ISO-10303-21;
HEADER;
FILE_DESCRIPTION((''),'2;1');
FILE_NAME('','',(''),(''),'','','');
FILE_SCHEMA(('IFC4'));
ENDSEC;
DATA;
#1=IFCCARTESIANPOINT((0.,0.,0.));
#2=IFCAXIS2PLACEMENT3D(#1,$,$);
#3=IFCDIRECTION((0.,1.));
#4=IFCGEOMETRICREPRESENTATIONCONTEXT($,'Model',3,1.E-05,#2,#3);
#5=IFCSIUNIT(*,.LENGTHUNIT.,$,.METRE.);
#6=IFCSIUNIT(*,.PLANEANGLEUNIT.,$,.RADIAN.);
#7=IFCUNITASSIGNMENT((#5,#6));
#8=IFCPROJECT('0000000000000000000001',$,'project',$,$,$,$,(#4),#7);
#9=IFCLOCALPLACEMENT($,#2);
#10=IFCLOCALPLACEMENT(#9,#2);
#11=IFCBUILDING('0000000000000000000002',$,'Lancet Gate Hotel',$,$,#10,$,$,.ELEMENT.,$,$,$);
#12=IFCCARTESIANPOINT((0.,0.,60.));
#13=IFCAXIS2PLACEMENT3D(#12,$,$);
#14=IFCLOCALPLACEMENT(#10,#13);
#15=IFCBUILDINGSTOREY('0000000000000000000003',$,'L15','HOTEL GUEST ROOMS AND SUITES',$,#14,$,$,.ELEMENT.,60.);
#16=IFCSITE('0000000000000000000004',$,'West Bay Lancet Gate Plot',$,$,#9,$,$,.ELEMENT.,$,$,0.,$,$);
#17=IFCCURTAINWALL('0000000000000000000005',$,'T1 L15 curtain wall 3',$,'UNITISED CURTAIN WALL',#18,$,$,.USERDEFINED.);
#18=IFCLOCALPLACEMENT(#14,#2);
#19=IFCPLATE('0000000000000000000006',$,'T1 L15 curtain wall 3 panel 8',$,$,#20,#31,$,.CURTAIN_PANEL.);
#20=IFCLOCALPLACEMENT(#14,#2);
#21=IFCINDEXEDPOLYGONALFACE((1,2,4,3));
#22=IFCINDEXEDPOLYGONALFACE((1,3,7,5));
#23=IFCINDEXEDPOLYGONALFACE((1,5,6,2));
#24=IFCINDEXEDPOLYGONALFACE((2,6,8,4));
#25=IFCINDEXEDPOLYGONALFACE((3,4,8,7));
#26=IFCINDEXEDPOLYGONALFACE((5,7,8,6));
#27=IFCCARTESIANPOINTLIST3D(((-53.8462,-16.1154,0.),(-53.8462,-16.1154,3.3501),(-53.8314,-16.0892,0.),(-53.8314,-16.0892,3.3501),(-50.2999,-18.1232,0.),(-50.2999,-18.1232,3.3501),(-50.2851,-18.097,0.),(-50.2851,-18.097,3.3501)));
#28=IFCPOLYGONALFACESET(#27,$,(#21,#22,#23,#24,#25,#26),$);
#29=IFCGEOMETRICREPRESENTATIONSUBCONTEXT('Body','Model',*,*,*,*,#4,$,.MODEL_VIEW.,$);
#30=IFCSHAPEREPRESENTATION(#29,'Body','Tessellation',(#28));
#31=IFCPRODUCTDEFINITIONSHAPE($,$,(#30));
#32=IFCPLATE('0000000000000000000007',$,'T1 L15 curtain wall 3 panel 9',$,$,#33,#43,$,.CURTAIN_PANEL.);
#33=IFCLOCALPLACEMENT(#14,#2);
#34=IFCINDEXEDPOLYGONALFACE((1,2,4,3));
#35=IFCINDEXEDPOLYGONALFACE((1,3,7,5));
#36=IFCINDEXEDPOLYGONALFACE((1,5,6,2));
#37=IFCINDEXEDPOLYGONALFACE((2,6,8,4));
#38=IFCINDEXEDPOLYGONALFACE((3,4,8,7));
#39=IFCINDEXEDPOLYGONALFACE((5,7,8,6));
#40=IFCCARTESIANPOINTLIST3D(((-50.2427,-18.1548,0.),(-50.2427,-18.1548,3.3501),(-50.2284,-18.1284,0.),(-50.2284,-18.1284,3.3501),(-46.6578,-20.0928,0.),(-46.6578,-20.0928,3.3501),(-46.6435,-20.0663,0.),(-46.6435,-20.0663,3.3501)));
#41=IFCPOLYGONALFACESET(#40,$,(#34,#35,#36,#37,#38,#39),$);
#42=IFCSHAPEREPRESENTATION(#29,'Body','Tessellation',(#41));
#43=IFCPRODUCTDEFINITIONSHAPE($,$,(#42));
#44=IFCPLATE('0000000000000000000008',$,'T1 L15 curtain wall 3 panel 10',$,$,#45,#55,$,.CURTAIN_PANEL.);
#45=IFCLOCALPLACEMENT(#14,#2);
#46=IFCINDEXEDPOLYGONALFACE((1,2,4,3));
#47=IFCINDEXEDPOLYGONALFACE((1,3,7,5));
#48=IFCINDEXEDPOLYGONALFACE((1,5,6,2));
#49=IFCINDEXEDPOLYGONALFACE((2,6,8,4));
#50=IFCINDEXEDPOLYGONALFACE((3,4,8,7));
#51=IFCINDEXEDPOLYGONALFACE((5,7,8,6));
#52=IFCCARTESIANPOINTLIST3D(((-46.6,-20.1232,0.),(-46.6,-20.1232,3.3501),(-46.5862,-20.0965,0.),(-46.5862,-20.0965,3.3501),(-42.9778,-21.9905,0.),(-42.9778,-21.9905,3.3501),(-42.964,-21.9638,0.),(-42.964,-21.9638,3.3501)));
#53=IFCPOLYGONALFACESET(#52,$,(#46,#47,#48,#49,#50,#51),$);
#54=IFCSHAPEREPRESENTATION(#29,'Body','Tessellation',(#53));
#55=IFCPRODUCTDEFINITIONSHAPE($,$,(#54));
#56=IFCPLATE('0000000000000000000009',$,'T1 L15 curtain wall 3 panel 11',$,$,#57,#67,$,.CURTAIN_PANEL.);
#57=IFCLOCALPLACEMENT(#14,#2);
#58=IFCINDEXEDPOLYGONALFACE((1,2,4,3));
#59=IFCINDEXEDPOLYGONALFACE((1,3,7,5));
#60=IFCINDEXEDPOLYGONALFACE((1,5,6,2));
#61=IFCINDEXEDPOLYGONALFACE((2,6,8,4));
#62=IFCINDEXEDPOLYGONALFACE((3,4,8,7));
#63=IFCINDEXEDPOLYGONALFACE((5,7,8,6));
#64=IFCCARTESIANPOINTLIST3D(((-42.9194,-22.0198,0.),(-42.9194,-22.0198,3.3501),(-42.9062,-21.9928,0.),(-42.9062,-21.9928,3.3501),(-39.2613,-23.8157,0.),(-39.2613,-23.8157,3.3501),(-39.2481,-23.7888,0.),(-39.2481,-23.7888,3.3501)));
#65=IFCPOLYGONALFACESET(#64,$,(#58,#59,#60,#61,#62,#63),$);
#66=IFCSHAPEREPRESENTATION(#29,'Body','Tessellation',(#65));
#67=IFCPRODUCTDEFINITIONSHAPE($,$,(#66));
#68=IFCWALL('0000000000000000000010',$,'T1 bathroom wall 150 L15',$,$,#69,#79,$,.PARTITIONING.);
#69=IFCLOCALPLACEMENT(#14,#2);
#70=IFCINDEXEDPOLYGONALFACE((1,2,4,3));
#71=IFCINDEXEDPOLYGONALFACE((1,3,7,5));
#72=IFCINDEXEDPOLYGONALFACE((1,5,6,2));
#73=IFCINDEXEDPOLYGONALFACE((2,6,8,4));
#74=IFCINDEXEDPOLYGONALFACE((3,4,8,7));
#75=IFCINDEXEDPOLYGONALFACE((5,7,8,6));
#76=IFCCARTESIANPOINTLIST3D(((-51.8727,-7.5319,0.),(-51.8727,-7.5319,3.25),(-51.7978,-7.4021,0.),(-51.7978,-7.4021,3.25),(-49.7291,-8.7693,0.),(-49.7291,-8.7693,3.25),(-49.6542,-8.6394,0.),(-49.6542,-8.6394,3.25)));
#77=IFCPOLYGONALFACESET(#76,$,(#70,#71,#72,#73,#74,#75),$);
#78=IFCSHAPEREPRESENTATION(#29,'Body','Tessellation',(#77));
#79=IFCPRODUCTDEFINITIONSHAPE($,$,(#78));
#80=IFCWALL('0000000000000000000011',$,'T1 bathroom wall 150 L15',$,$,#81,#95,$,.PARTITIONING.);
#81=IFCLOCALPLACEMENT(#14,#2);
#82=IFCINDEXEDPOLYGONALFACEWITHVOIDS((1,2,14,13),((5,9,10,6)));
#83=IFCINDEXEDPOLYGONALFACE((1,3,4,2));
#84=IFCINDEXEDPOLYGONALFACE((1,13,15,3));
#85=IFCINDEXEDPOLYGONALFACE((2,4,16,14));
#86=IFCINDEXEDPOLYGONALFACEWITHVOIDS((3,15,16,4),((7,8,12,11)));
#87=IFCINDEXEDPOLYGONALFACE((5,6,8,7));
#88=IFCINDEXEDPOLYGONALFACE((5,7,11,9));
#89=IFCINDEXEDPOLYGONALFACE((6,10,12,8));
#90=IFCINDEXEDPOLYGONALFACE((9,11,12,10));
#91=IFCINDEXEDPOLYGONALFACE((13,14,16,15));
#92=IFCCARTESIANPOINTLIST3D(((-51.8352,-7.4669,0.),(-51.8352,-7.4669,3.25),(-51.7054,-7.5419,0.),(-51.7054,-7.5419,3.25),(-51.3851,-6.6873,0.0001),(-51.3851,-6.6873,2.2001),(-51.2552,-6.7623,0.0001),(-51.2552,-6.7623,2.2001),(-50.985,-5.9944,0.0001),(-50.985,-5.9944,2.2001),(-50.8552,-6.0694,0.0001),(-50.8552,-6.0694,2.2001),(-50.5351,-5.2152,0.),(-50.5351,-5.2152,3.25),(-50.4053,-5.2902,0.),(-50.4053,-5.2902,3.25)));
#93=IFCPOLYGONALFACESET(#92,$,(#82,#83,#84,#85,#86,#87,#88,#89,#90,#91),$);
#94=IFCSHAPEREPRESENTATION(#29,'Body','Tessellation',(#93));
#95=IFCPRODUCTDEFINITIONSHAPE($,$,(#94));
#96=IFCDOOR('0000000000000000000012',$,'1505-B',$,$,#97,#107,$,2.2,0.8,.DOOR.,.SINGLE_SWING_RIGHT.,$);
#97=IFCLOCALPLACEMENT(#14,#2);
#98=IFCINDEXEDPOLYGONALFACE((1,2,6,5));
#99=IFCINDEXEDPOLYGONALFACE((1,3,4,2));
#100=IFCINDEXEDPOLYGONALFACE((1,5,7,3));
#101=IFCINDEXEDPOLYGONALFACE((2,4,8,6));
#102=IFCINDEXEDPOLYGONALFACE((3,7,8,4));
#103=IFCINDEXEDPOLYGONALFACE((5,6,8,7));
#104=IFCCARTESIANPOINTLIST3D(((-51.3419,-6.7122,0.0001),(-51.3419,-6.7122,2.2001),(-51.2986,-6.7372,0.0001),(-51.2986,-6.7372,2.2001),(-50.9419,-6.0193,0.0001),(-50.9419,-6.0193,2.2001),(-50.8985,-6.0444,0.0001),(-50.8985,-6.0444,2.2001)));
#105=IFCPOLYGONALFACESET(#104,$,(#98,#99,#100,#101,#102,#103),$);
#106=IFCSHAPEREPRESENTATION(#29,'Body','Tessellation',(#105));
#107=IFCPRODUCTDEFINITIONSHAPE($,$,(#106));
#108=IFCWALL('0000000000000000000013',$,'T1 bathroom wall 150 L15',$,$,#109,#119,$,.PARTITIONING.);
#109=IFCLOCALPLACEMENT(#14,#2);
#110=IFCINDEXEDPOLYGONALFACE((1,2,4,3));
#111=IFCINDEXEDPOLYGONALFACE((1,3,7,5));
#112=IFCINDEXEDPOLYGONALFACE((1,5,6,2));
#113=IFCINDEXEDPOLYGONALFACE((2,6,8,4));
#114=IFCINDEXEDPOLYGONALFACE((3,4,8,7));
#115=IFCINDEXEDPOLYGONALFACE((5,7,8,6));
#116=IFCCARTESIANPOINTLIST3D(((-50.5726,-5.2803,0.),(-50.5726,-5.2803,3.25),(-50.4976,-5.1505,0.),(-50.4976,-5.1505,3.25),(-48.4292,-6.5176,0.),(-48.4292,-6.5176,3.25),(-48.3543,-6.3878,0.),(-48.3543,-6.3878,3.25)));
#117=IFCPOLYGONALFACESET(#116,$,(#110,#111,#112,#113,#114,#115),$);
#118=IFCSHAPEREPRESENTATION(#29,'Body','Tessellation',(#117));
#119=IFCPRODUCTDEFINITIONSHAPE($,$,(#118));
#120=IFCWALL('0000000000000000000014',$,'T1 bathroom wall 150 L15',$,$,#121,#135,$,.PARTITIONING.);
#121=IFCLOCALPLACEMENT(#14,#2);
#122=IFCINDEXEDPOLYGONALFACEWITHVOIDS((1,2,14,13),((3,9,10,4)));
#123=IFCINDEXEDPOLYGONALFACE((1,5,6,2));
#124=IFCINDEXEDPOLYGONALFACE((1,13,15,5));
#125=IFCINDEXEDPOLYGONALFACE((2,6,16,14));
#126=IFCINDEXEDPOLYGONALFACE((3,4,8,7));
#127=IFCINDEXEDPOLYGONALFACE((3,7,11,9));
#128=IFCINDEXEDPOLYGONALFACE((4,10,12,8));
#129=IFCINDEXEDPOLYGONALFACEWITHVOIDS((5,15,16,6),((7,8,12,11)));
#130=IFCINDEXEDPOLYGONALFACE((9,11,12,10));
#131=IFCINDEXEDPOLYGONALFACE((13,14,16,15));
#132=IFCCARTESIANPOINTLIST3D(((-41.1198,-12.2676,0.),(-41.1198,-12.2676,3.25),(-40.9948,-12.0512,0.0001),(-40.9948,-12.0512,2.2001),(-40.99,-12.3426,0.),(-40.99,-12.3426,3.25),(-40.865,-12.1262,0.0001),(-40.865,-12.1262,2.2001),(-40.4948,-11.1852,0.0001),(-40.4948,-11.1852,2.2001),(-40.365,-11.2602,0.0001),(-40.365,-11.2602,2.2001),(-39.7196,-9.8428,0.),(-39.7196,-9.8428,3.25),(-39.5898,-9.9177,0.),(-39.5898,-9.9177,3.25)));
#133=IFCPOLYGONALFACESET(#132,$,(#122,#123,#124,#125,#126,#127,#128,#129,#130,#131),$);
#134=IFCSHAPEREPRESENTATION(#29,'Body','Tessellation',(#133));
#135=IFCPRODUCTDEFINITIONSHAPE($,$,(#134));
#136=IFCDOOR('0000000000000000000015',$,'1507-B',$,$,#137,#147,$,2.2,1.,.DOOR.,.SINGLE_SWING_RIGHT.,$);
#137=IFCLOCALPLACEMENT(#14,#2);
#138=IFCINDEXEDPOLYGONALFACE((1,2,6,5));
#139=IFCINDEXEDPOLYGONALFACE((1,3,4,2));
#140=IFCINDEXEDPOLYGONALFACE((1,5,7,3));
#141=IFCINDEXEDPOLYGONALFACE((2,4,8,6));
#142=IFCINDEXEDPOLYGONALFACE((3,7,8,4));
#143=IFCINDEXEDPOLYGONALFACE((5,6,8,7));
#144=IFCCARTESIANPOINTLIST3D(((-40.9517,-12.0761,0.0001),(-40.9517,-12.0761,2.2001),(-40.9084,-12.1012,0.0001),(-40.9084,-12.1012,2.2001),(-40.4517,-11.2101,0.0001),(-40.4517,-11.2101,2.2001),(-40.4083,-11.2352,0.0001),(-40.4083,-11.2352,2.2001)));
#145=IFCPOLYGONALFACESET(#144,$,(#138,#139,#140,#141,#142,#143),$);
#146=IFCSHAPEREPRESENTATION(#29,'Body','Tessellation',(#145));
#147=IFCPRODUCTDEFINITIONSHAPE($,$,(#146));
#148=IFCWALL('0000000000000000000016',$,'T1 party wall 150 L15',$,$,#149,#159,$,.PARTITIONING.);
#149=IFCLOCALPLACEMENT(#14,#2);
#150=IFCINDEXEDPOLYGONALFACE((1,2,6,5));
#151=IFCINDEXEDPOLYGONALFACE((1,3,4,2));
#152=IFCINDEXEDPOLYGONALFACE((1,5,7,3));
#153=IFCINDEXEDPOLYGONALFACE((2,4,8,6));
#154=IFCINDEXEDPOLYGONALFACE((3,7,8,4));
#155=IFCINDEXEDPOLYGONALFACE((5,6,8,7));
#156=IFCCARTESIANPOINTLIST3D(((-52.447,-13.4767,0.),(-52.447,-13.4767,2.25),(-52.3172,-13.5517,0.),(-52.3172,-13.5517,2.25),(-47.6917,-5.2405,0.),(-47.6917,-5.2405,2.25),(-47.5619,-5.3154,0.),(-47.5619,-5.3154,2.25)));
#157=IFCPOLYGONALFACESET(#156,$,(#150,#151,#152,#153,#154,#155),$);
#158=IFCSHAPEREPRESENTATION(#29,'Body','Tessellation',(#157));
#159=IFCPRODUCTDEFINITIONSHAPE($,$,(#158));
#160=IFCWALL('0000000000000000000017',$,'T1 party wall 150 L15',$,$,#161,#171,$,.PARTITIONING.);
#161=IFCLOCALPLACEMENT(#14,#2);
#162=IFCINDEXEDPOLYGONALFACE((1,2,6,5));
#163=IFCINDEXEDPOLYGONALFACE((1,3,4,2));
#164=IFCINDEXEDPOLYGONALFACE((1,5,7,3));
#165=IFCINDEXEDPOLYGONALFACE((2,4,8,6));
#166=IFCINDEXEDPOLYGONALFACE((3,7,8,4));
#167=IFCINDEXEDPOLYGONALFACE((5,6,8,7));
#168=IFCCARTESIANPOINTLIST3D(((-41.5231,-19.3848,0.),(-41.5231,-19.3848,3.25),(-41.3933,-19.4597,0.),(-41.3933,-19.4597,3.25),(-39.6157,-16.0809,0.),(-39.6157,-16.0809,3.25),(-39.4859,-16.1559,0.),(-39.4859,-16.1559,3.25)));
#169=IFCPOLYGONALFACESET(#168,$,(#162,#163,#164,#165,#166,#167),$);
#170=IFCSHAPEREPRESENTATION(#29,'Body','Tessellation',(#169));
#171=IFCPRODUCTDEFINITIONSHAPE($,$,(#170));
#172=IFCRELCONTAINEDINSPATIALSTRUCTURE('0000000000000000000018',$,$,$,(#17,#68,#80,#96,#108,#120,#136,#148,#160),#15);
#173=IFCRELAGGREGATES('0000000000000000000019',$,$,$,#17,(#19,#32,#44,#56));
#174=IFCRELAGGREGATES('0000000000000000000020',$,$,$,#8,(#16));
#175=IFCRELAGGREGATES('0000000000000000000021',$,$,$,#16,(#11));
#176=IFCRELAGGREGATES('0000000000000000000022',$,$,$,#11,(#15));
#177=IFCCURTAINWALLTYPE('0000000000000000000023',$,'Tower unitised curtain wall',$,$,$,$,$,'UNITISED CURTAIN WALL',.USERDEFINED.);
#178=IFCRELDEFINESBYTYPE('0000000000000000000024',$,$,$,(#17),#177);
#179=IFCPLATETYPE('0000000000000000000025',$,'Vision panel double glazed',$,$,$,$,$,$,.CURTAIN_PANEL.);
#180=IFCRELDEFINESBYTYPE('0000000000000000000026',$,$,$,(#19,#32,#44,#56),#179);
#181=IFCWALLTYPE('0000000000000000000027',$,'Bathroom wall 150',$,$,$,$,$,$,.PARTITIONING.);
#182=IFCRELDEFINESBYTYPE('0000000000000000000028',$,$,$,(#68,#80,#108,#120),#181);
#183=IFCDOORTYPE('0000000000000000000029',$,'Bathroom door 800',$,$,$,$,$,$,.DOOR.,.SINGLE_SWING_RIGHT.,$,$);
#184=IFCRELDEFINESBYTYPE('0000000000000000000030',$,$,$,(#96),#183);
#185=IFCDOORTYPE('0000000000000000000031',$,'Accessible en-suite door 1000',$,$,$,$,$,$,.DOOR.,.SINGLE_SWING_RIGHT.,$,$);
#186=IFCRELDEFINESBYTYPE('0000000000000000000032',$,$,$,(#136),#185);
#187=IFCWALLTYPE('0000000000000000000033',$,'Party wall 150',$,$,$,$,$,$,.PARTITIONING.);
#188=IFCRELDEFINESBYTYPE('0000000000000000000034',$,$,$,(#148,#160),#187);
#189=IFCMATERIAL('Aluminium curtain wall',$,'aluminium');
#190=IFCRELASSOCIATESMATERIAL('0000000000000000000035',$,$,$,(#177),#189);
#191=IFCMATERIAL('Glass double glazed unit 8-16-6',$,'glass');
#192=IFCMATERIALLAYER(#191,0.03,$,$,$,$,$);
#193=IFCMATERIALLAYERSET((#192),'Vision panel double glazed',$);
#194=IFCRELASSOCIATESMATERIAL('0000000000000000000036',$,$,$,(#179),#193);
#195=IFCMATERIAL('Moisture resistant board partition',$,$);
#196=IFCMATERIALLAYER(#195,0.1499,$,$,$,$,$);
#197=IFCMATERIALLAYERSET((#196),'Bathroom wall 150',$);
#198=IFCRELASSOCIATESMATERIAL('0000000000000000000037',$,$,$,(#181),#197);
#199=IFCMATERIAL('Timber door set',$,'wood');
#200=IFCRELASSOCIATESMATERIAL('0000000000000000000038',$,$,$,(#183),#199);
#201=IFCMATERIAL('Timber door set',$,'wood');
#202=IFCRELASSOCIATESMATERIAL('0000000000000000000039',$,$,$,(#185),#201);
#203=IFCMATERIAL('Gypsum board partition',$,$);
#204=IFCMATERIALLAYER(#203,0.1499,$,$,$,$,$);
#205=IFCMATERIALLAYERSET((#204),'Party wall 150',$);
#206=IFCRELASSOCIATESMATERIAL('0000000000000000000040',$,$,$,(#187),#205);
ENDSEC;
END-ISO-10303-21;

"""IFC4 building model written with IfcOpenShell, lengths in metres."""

from ifc_helpers import new_model, si_unit, direction, frame, frame_2d, origin, origin_2d, place, context, subcontext, project, spatial, rectangle, extrude, material, layer, layer_set, type_object, element, fill, aggregate, save


model = new_model("IFC4")

# Units and contexts
model_context = context("Model", 3, precision=1e-05, world=origin(), true_north=direction((0.0, 1.0)))
body_context = subcontext(model_context, "Body", "Model", "MODEL_VIEW")
ifc_project = project(units=[si_unit("LENGTHUNIT", "METRE"), si_unit("PLANEANGLEUNIT", "RADIAN")], contexts=[model_context])

# Site, building, storey
site_placement = place(None, origin())
site = spatial("IfcSite", under=ifc_project, at=site_placement, Name="West Bay Lancet Gate Plot", CompositionType="ELEMENT", RefElevation=0.0)
building_placement = place(site_placement, origin())
building = spatial("IfcBuilding", under=site, at=building_placement, Name="Lancet Gate Hotel", CompositionType="ELEMENT")
storey_placement = place(building_placement, frame((0.0, 0.0, 60.0)))
storey = spatial("IfcBuildingStorey", under=building, at=storey_placement, Name="L15", Description="HOTEL GUEST ROOMS AND SUITES", CompositionType="ELEMENT", Elevation=60.0)

# Curtain wall
ifc_material_1 = material(Name="Aluminium curtain wall", Category="aluminium")
curtain_wall_type = type_object("IfcCurtainWallType", Name="Tower unitised curtain wall", ElementType="UNITISED CURTAIN WALL", PredefinedType="USERDEFINED", material=ifc_material_1)
curtain_wall_placement = place(storey_placement, origin())
curtain_wall = element("IfcCurtainWall", 1, at=curtain_wall_placement, inside=storey, type_object=curtain_wall_type, Name="T1 L15 curtain wall 3", ObjectType="UNITISED CURTAIN WALL", PredefinedType="USERDEFINED")

# Plates
ifc_material_2 = material(Name="Glass double glazed unit 8-16-6", Category="glass")
ifc_layer_1 = layer(ifc_material_2, 0.03)
ifc_layer_set_1 = layer_set([ifc_layer_1], Name="Vision panel double glazed")
plate_type = type_object("IfcPlateType", Name="Vision panel double glazed", PredefinedType="CURTAIN_PANEL", material=ifc_layer_set_1)
plate_1_placement = place(storey_placement, frame((-52.0657, -17.1062, 0.0), z_axis=(0.0, 0.0, 1.0), x_axis=(0.870205, -0.49269, 0.0)))
plate_1 = element("IfcPlate", 2, at=plate_1_placement, type_object=plate_type, Name="T1 L15 curtain wall 3 panel 8", PredefinedType="CURTAIN_PANEL", context=body_context, shape_type="SweptSolid", body=[
    extrude(rectangle(XDim=4.0752, YDim=0.03, at=origin_2d()), origin(), (0.0, 0.0, 1.0), 3.3501),
])
plate_2_placement = place(storey_placement, frame((-48.4431, -19.1106, 0.0), z_axis=(0.0, 0.0, 1.0), x_axis=(0.879693, -0.475541, 0.0)))
plate_2 = element("IfcPlate", 3, at=plate_2_placement, type_object=plate_type, Name="T1 L15 curtain wall 3 panel 9", PredefinedType="CURTAIN_PANEL", context=body_context, shape_type="SweptSolid", body=[
    extrude(rectangle(XDim=4.0752, YDim=0.03, at=origin_2d()), origin(), (0.0, 0.0, 1.0), 3.3501),
])
plate_3_placement = place(storey_placement, frame((-44.782, -21.0435, 0.0), z_axis=(0.0, 0.0, 1.0), x_axis=(0.888844, -0.45821, 0.0)))
plate_3 = element("IfcPlate", 4, at=plate_3_placement, type_object=plate_type, Name="T1 L15 curtain wall 3 panel 10", PredefinedType="CURTAIN_PANEL", context=body_context, shape_type="SweptSolid", body=[
    extrude(rectangle(XDim=4.0752, YDim=0.03, at=origin_2d()), origin(), (0.0, 0.0, 1.0), 3.3501),
])
plate_4_placement = place(storey_placement, frame((-41.0837, -22.9043, 0.0), z_axis=(0.0, 0.0, 1.0), x_axis=(0.897653, -0.440702, 0.0)))
plate_4 = element("IfcPlate", 5, at=plate_4_placement, type_object=plate_type, Name="T1 L15 curtain wall 3 panel 11", PredefinedType="CURTAIN_PANEL", context=body_context, shape_type="SweptSolid", body=[
    extrude(rectangle(XDim=4.0752, YDim=0.03, at=origin_2d()), origin(), (0.0, 0.0, 1.0), 3.3501),
])
aggregate(curtain_wall, [plate_1, plate_2, plate_3, plate_4])

# Wall
ifc_material_3 = material(Name="Moisture resistant board partition")
ifc_layer_2 = layer(ifc_material_3, 0.1499)
ifc_layer_set_2 = layer_set([ifc_layer_2], Name="Bathroom wall 150")
wall_type_1 = type_object("IfcWallType", Name="Bathroom wall 150", PredefinedType="PARTITIONING", material=ifc_layer_set_2)
wall_1_placement = place(storey_placement, frame((-49.6917, -8.7043, 0.0), z_axis=(0.0, 0.0, 1.0), x_axis=(-0.866074, 0.499916, 0.0)))
element("IfcWall", 6, at=wall_1_placement, inside=storey, type_object=wall_type_1, Name="T1 bathroom wall 150 L15", PredefinedType="PARTITIONING", context=body_context, shape_type="SweptSolid", body=[
    extrude(rectangle(XDim=2.4751, YDim=0.1499, at=frame_2d((1.2375, 0.0))), origin(), (0.0, 0.0, 1.0), 3.25),
])

# Wall, opening, door
wall_2_placement = place(storey_placement, frame((-50.4702, -5.2527, 0.0), z_axis=(0.0, 0.0, 1.0), x_axis=(-0.500007, -0.866021, 0.0)))
wall_2 = element("IfcWall", 7, at=wall_2_placement, inside=storey, type_object=wall_type_1, Name="T1 bathroom wall 150 L15", PredefinedType="PARTITIONING", context=body_context, shape_type="SweptSolid", body=[
    extrude(rectangle(XDim=2.6001, YDim=0.1499, at=frame_2d((1.3, 0.0))), origin(), (0.0, 0.0, 1.0), 3.25),
])
opening_1_placement = place(wall_2_placement, frame((0.8999, 0.0, 0.0)))
opening_1 = element("IfcOpeningElement", 8, at=opening_1_placement, cuts=wall_2, PredefinedType="OPENING", context=body_context, shape_type="SweptSolid", body=[
    extrude(rectangle(XDim=0.8, YDim=2.2, at=frame_2d((0.3999, 1.1001))), frame((0.0, 0.085, 0.0), z_axis=(0.0, -1.0, 0.0), x_axis=(1.0, 0.0, 0.0)), (0.0, 0.0, 1.0), 0.1699),
])
ifc_material_4 = material(Name="Timber door set", Category="wood")
door_type_1 = type_object("IfcDoorType", Name="Bathroom door 800", OperationType="SINGLE_SWING_RIGHT", PredefinedType="DOOR", material=ifc_material_4)
door_1_placement = place(opening_1_placement, origin())
door_1 = element("IfcDoor", 9, at=door_1_placement, inside=storey, type_object=door_type_1, Name="1505-B", OperationType="SINGLE_SWING_RIGHT", OverallHeight=2.2, OverallWidth=0.8, PredefinedType="DOOR", context=body_context, shape_type="SweptSolid", body=[
    extrude(rectangle(XDim=0.8, YDim=2.2, at=frame_2d((0.3999, 1.1001))), frame((0.0, 0.0249, 0.0), z_axis=(0.0, -1.0, 0.0), x_axis=(1.0, 0.0, 0.0)), (0.0, 0.0, 1.0), 0.05),
])
fill(opening_1, door_1)

# Wall
wall_3_placement = place(storey_placement, frame((-48.3918, -6.4526, 0.0), z_axis=(0.0, 0.0, 1.0), x_axis=(-0.866049, 0.499959, 0.0)))
element("IfcWall", 10, at=wall_3_placement, inside=storey, type_object=wall_type_1, Name="T1 bathroom wall 150 L15", PredefinedType="PARTITIONING", context=body_context, shape_type="SweptSolid", body=[
    extrude(rectangle(XDim=2.4749, YDim=0.1499, at=frame_2d((1.2373, 0.0))), origin(), (0.0, 0.0, 1.0), 3.25),
])

# Wall, opening, door
wall_4_placement = place(storey_placement, frame((-39.6548, -9.8804, 0.0), z_axis=(0.0, 0.0, 1.0), x_axis=(-0.50005, -0.865997, 0.0)))
wall_4 = element("IfcWall", 11, at=wall_4_placement, inside=storey, type_object=wall_type_1, Name="T1 bathroom wall 150 L15", PredefinedType="PARTITIONING", context=body_context, shape_type="SweptSolid", body=[
    extrude(rectangle(XDim=2.8, YDim=0.1499, at=frame_2d((1.3999, 0.0))), origin(), (0.0, 0.0, 1.0), 3.25),
])
opening_2_placement = place(wall_4_placement, frame((1.55, 0.0, 0.0)))
opening_2 = element("IfcOpeningElement", 12, at=opening_2_placement, cuts=wall_4, PredefinedType="OPENING", context=body_context, shape_type="SweptSolid", body=[
    extrude(rectangle(XDim=1.0, YDim=2.2, at=frame_2d((0.5, 1.1001))), frame((0.0, 0.085, 0.0), z_axis=(0.0, -1.0, 0.0), x_axis=(1.0, 0.0, 0.0)), (0.0, 0.0, 1.0), 0.1699),
])
ifc_material_5 = material(Name="Timber door set", Category="wood")
door_type_2 = type_object("IfcDoorType", Name="Accessible en-suite door 1000", OperationType="SINGLE_SWING_RIGHT", PredefinedType="DOOR", material=ifc_material_5)
door_2_placement = place(opening_2_placement, origin())
door_2 = element("IfcDoor", 13, at=door_2_placement, inside=storey, type_object=door_type_2, Name="1507-B", OperationType="SINGLE_SWING_RIGHT", OverallHeight=2.2, OverallWidth=1.0, PredefinedType="DOOR", context=body_context, shape_type="SweptSolid", body=[
    extrude(rectangle(XDim=1.0, YDim=2.2, at=frame_2d((0.5, 1.1001))), frame((0.0, 0.0249, 0.0), z_axis=(0.0, -1.0, 0.0), x_axis=(1.0, 0.0, 0.0)), (0.0, 0.0, 1.0), 0.05),
])
fill(opening_2, door_2)

# Walls
ifc_material_6 = material(Name="Gypsum board partition")
ifc_layer_3 = layer(ifc_material_6, 0.1499)
ifc_layer_set_3 = layer_set([ifc_layer_3], Name="Party wall 150")
wall_type_2 = type_object("IfcWallType", Name="Party wall 150", PredefinedType="PARTITIONING", material=ifc_layer_set_3)
wall_5_placement = place(storey_placement, frame((-47.6267, -5.2778, 0.0), z_axis=(0.0, 0.0, 1.0), x_axis=(-0.50001, -0.86602, 0.0)))
element("IfcWall", 14, at=wall_5_placement, inside=storey, type_object=wall_type_2, Name="T1 party wall 150 L15", PredefinedType="PARTITIONING", context=body_context, shape_type="SweptSolid", body=[
    extrude(rectangle(XDim=9.5105, YDim=0.1499, at=frame_2d((4.7554, 0.0))), origin(), (0.0, 0.0, 1.0), 2.25),
])
wall_6_placement = place(storey_placement, frame((-39.5508, -16.1184, 0.0), z_axis=(0.0, 0.0, 1.0), x_axis=(-0.499987, -0.866033, 0.0)))
element("IfcWall", 15, at=wall_6_placement, inside=storey, type_object=wall_type_2, Name="T1 party wall 150 L15", PredefinedType="PARTITIONING", context=body_context, shape_type="SweptSolid", body=[
    extrude(rectangle(XDim=3.8149, YDim=0.1499, at=frame_2d((1.9075, 0.0))), origin(), (0.0, 0.0, 1.0), 3.25),
])

save(model, "model.ifc")
